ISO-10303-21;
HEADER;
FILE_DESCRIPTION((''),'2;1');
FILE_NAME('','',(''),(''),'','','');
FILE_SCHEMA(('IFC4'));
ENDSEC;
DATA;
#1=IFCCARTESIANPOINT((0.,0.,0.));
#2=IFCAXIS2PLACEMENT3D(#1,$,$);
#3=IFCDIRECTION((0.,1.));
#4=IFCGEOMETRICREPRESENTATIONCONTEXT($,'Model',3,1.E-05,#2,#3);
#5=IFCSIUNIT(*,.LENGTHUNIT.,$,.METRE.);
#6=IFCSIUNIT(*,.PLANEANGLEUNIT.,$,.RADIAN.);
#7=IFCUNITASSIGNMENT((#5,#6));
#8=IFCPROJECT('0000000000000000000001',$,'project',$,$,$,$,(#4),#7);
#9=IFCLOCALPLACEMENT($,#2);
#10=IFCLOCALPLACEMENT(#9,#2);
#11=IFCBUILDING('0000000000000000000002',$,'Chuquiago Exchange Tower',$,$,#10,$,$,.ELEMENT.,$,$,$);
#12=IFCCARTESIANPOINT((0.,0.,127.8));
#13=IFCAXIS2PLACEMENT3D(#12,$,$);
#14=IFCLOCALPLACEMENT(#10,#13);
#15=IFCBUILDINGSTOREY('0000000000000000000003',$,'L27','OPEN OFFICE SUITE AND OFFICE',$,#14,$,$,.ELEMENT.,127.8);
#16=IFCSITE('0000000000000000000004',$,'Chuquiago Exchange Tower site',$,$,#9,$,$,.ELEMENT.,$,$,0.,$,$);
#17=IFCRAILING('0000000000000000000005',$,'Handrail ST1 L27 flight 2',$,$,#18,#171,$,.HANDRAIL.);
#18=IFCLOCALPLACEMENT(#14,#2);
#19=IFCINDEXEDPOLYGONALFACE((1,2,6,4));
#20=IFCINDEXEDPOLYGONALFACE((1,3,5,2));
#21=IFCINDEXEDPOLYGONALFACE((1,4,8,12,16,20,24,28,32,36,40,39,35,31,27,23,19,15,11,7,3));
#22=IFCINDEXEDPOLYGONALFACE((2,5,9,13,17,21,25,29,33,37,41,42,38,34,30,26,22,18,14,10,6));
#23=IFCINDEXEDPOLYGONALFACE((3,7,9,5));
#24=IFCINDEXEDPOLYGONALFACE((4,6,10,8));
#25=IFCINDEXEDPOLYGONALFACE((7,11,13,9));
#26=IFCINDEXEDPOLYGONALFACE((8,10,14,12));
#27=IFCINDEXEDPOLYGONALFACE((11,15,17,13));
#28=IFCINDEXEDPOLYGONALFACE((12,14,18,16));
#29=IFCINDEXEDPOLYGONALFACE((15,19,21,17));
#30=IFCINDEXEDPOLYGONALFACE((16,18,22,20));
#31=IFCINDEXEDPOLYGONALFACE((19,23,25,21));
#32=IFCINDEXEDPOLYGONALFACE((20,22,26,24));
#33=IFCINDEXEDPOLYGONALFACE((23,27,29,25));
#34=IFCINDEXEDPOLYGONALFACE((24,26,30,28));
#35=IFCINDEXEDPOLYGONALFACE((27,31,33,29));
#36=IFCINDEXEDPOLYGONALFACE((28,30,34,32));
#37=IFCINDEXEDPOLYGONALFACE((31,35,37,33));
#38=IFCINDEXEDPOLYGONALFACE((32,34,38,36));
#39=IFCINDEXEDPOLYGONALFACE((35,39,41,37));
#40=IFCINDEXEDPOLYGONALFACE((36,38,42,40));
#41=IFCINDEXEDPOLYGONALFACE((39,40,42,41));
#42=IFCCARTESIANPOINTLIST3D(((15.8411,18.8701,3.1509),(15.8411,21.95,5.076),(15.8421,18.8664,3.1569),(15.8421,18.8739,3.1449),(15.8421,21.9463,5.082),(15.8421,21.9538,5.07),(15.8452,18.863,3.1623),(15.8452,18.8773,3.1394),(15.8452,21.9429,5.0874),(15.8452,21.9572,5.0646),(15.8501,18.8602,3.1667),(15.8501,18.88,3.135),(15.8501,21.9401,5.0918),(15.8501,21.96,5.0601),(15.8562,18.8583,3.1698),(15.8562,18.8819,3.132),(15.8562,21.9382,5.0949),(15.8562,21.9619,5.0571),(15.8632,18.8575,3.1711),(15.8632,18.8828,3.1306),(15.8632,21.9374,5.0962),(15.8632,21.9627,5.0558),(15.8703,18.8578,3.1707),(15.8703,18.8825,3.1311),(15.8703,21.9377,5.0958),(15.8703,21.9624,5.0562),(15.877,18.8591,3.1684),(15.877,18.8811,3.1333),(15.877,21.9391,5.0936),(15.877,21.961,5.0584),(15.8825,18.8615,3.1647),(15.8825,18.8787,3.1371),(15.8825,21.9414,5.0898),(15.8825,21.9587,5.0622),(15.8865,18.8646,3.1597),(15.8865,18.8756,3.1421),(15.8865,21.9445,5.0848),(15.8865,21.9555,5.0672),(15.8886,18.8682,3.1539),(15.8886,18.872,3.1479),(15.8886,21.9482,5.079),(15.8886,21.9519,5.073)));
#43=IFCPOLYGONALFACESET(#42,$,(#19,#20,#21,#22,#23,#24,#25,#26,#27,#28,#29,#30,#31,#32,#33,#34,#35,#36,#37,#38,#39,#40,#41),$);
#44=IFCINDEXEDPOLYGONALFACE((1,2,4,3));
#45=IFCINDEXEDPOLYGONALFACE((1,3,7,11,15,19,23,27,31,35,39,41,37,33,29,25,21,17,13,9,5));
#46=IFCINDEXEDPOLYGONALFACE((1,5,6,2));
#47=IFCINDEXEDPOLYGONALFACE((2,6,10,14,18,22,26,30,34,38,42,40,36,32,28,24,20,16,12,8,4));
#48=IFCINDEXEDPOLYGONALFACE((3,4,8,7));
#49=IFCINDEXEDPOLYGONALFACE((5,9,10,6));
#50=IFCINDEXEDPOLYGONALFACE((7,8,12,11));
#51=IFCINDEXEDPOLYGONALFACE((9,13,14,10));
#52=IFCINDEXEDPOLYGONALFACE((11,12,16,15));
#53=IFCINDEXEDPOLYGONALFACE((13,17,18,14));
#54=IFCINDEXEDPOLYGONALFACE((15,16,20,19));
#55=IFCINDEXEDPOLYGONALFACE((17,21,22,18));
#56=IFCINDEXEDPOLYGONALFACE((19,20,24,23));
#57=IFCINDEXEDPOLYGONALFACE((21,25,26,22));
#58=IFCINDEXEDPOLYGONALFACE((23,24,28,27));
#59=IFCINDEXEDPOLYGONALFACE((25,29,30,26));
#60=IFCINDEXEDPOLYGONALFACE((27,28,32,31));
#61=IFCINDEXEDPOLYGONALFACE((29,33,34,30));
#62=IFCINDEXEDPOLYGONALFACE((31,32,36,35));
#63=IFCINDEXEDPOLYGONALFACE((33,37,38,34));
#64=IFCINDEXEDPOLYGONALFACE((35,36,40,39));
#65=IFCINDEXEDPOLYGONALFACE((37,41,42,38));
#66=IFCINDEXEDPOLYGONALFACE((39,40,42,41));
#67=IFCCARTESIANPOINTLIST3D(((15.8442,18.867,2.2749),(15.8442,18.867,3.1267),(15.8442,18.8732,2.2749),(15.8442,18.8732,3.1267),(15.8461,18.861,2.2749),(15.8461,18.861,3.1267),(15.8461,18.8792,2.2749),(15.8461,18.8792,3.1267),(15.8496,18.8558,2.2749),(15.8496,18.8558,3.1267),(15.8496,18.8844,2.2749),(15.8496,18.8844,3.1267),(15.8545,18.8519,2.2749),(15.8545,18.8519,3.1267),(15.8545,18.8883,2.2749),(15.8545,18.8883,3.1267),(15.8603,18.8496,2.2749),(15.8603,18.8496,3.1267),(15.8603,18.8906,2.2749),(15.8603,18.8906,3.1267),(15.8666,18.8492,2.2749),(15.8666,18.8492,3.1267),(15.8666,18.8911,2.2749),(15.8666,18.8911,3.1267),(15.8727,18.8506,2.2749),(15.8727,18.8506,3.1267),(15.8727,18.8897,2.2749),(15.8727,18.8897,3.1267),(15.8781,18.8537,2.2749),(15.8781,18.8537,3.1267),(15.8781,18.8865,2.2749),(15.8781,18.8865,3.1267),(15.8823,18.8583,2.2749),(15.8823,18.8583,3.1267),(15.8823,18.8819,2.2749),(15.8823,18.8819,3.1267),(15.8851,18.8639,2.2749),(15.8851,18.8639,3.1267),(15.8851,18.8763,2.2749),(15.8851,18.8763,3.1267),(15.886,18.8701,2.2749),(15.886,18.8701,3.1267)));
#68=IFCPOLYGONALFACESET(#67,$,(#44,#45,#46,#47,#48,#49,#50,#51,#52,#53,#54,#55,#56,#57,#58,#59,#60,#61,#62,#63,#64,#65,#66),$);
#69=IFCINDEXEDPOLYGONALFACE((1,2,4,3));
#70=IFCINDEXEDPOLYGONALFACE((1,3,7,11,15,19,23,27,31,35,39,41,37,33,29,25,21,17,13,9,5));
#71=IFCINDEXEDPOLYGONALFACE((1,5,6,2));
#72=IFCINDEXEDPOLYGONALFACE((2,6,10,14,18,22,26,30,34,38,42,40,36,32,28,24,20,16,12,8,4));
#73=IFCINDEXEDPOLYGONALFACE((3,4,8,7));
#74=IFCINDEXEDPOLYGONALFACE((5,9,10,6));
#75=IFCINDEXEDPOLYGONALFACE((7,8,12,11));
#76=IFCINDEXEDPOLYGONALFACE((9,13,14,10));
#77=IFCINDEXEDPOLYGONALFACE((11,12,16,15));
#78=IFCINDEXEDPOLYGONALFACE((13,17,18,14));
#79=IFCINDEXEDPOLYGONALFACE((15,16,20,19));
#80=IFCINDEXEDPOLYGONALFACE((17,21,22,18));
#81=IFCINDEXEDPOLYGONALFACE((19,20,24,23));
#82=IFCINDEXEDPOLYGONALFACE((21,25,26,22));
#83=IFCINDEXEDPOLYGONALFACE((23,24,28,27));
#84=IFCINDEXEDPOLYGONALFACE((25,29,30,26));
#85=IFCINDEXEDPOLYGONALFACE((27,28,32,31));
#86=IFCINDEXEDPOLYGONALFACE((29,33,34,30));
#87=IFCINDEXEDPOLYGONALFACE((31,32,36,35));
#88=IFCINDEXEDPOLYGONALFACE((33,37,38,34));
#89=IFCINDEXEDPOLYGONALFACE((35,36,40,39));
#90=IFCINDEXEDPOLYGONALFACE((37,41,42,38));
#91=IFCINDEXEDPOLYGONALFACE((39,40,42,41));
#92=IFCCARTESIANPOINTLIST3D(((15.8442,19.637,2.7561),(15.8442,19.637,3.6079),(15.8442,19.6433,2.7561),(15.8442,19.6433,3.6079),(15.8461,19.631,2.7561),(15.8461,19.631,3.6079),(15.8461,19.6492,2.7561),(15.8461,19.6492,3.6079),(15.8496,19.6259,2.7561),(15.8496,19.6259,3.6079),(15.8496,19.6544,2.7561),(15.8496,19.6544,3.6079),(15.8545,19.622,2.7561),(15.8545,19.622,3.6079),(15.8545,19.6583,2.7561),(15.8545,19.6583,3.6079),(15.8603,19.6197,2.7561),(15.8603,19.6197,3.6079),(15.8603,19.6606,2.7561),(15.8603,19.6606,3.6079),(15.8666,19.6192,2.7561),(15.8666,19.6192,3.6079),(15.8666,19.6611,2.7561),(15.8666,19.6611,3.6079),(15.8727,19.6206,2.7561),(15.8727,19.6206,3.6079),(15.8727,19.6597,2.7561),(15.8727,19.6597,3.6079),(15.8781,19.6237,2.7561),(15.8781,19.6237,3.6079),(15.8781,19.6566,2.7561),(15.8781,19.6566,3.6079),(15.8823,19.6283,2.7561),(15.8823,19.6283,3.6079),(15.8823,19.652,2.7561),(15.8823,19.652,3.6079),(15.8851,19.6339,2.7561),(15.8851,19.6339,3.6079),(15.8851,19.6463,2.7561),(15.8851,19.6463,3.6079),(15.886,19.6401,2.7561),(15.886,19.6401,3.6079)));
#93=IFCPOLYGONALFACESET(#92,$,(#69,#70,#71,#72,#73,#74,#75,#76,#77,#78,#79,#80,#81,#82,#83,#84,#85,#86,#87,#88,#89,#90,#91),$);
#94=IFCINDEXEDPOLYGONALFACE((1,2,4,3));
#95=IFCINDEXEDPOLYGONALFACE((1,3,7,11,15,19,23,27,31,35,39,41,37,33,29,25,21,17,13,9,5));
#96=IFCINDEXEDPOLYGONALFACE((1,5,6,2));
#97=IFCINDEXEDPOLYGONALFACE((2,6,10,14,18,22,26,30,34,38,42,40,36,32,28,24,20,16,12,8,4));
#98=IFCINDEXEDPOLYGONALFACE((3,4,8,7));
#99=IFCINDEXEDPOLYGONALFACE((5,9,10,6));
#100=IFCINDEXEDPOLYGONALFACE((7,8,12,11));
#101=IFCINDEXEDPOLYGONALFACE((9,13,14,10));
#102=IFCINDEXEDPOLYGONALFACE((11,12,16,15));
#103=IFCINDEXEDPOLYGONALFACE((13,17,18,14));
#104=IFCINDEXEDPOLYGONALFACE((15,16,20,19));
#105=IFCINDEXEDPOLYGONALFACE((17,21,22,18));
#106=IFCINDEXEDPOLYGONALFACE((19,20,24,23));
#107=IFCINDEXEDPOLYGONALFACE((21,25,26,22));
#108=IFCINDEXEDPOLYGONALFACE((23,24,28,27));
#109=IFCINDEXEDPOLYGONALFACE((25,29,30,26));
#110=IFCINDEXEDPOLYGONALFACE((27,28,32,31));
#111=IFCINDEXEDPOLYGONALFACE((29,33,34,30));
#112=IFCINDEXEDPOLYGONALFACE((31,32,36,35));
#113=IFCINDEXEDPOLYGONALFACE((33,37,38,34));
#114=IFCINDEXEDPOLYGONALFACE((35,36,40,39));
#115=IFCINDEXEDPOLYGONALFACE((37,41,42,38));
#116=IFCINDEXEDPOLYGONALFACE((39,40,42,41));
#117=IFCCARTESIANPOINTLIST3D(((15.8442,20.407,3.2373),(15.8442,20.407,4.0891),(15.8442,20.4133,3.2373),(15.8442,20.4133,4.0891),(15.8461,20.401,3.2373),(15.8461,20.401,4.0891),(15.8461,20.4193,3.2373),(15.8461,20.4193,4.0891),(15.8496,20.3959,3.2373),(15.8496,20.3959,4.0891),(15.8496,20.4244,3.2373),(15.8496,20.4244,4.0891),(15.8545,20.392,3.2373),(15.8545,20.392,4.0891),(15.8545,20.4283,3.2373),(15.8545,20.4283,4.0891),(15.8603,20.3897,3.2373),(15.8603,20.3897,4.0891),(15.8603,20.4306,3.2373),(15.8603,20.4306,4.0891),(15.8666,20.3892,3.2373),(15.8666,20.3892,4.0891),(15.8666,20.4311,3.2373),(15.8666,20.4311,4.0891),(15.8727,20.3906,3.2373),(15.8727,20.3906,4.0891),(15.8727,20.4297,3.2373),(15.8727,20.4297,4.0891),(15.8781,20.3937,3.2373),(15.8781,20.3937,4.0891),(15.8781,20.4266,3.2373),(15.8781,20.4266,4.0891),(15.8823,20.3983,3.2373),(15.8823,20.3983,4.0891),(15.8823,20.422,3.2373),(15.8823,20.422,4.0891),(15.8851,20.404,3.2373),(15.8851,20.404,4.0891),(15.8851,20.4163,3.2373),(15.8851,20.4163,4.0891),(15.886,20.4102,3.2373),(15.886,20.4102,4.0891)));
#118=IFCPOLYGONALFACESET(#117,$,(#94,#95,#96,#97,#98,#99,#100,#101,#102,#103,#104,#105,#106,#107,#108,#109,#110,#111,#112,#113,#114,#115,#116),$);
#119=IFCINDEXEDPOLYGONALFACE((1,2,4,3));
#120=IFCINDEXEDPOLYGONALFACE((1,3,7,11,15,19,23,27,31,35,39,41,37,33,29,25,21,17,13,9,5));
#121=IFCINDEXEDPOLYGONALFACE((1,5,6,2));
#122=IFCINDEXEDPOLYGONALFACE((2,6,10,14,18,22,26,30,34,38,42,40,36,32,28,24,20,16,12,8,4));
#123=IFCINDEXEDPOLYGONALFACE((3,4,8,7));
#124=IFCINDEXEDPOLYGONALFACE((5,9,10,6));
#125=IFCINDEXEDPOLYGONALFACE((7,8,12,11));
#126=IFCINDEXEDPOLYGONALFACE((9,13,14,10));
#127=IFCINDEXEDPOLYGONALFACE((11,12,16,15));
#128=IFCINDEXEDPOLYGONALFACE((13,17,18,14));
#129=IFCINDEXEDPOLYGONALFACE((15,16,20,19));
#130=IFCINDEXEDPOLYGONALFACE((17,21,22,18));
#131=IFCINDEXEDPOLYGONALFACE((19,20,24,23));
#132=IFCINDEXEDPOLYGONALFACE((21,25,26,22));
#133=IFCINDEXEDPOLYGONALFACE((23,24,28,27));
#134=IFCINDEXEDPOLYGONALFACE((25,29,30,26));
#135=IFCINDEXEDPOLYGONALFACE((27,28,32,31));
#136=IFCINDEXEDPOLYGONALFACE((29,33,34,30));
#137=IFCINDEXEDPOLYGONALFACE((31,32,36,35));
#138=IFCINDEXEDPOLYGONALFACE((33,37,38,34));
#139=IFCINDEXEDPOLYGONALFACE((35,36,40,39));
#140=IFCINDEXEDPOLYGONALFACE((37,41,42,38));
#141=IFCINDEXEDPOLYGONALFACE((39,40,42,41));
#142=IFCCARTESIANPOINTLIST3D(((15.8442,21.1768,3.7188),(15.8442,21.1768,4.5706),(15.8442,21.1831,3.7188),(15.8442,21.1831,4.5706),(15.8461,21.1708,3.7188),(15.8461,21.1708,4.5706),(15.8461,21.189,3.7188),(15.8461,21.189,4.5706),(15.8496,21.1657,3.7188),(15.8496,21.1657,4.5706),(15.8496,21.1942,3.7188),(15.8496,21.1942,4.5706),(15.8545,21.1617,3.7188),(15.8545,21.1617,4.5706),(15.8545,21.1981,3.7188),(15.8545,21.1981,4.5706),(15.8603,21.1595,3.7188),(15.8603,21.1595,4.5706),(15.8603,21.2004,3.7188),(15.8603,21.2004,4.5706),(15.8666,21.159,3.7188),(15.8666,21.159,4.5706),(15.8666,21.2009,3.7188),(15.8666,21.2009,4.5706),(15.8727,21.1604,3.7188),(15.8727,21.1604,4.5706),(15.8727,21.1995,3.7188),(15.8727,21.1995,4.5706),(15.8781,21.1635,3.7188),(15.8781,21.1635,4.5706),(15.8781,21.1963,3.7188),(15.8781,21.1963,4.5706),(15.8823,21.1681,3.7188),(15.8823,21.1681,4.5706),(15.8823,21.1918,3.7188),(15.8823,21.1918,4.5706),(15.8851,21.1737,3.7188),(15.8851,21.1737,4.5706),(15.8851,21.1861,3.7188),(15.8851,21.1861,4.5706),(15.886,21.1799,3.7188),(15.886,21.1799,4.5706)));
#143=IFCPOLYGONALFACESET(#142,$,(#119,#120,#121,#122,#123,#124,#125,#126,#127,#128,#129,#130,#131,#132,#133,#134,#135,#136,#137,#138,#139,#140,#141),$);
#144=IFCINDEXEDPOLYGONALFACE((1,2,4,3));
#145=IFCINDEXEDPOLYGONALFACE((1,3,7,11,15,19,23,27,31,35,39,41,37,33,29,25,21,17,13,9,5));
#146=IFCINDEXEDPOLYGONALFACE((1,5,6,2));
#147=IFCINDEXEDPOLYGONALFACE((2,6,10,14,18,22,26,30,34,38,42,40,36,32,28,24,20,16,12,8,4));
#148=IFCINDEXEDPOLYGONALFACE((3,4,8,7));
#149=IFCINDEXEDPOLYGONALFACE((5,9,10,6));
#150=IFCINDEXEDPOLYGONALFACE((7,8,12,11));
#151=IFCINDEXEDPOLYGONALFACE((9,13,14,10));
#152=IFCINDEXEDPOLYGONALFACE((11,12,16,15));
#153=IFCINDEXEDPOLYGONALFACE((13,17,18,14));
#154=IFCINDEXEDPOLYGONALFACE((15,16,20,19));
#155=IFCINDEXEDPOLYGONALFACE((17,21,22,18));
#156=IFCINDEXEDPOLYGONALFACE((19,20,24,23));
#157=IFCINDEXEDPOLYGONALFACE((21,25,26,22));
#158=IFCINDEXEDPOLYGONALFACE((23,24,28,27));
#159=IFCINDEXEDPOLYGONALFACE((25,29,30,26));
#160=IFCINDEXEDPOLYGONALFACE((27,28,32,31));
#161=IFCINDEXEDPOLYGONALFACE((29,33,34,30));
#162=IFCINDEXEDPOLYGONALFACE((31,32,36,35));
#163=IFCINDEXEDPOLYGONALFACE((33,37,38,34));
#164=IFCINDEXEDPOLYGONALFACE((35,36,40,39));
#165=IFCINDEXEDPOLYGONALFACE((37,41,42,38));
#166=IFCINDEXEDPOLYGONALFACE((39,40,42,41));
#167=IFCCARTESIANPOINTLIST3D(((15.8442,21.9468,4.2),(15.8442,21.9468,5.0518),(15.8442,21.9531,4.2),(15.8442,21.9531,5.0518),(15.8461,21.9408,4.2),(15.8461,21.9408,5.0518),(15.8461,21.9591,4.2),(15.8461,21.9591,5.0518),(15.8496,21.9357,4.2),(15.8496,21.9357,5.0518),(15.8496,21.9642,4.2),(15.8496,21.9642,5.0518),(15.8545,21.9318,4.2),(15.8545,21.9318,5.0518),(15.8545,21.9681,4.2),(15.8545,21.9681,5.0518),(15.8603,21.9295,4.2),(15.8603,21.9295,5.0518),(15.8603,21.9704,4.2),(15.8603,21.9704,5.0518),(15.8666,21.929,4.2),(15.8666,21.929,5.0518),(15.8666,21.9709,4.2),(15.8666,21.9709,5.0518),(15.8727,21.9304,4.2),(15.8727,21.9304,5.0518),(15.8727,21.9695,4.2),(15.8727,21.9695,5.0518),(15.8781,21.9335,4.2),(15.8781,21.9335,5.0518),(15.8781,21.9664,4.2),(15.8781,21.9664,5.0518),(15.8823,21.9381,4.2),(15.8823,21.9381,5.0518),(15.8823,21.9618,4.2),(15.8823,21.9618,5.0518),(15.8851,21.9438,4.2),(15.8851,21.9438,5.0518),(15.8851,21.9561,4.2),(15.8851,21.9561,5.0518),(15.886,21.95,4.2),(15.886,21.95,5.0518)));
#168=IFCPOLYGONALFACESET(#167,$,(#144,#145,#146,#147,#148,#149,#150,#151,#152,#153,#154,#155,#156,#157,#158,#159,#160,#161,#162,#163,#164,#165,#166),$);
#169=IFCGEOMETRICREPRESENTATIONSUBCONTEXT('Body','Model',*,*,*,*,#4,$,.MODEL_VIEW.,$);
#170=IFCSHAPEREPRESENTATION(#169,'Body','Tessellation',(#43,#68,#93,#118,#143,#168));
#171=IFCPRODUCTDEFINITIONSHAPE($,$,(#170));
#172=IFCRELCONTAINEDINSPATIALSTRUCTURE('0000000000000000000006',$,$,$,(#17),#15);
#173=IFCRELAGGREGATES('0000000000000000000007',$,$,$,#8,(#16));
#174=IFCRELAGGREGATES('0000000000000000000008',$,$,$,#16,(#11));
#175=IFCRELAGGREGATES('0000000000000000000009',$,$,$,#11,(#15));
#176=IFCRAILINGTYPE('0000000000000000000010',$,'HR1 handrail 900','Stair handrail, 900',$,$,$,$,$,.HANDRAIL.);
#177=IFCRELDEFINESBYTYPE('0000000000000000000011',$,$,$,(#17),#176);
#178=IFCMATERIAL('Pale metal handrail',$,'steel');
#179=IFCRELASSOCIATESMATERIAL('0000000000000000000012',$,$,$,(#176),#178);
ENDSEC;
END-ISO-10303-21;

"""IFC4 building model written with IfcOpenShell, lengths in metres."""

from ifc_helpers import new_model, si_unit, direction, frame, origin, origin_2d, place, context, subcontext, project, spatial, circle, extrude, material, type_object, element, save


model = new_model("IFC4")

# Units and contexts
model_context = context("Model", 3, precision=1e-05, world=origin(), true_north=direction((0.0, 1.0)))
body_context = subcontext(model_context, "Body", "Model", "MODEL_VIEW")
ifc_project = project(units=[si_unit("LENGTHUNIT", "METRE"), si_unit("PLANEANGLEUNIT", "RADIAN")], contexts=[model_context])

# Site, building, storey
site_placement = place(None, origin())
site = spatial("IfcSite", under=ifc_project, at=site_placement, Name="Chuquiago Exchange Tower site", CompositionType="ELEMENT", RefElevation=0.0)
building_placement = place(site_placement, origin())
building = spatial("IfcBuilding", under=site, at=building_placement, Name="Chuquiago Exchange Tower", CompositionType="ELEMENT")
storey_placement = place(building_placement, frame((0.0, 0.0, 127.8)))
storey = spatial("IfcBuildingStorey", under=building, at=storey_placement, Name="L27", Description="OPEN OFFICE SUITE AND OFFICE", CompositionType="ELEMENT", Elevation=127.8)

# Railing
ifc_material_1 = material(Name="Pale metal handrail", Category="steel")
railing_type_1 = type_object("IfcRailingType", Name="HR1 handrail 900", Description="Stair handrail, 900", PredefinedType="HANDRAIL", material=ifc_material_1)
for number, where, name in (
    (1, (15.865, 18.8701, 2.2749), "Handrail ST1 L27 flight 2"),
):
    element("IfcRailing", number, at=place(storey_placement, frame(where)), inside=storey, type_object=railing_type_1, Name=name, PredefinedType="HANDRAIL", context=body_context, shape_type="SweptSolid", body=[
        extrude(circle(Radius=0.0239, at=origin_2d()), frame((0.0, 0.0, 0.876), z_axis=(0.0, 0.847979, 0.530029), x_axis=(-1.0, 0.0, 0.0)), (0.0, 0.0, 1.0), 3.6321),
        extrude(circle(Radius=0.021, at=origin_2d()), origin(), (0.0, 0.0, 1.0), 0.8518),
        extrude(circle(Radius=0.021, at=origin_2d()), frame((0.0, 0.77, 0.4812)), (0.0, 0.0, 1.0), 0.8518),
        extrude(circle(Radius=0.021, at=origin_2d()), frame((0.0, 1.54, 0.9624)), (0.0, 0.0, 1.0), 0.8518),
        extrude(circle(Radius=0.021, at=origin_2d()), frame((0.0, 2.3098, 1.4438)), (0.0, 0.0, 1.0), 0.8518),
        extrude(circle(Radius=0.021, at=origin_2d()), frame((0.0, 3.0798, 1.925)), (0.0, 0.0, 1.0), 0.8518),
    ])

save(model, "model.ifc")
